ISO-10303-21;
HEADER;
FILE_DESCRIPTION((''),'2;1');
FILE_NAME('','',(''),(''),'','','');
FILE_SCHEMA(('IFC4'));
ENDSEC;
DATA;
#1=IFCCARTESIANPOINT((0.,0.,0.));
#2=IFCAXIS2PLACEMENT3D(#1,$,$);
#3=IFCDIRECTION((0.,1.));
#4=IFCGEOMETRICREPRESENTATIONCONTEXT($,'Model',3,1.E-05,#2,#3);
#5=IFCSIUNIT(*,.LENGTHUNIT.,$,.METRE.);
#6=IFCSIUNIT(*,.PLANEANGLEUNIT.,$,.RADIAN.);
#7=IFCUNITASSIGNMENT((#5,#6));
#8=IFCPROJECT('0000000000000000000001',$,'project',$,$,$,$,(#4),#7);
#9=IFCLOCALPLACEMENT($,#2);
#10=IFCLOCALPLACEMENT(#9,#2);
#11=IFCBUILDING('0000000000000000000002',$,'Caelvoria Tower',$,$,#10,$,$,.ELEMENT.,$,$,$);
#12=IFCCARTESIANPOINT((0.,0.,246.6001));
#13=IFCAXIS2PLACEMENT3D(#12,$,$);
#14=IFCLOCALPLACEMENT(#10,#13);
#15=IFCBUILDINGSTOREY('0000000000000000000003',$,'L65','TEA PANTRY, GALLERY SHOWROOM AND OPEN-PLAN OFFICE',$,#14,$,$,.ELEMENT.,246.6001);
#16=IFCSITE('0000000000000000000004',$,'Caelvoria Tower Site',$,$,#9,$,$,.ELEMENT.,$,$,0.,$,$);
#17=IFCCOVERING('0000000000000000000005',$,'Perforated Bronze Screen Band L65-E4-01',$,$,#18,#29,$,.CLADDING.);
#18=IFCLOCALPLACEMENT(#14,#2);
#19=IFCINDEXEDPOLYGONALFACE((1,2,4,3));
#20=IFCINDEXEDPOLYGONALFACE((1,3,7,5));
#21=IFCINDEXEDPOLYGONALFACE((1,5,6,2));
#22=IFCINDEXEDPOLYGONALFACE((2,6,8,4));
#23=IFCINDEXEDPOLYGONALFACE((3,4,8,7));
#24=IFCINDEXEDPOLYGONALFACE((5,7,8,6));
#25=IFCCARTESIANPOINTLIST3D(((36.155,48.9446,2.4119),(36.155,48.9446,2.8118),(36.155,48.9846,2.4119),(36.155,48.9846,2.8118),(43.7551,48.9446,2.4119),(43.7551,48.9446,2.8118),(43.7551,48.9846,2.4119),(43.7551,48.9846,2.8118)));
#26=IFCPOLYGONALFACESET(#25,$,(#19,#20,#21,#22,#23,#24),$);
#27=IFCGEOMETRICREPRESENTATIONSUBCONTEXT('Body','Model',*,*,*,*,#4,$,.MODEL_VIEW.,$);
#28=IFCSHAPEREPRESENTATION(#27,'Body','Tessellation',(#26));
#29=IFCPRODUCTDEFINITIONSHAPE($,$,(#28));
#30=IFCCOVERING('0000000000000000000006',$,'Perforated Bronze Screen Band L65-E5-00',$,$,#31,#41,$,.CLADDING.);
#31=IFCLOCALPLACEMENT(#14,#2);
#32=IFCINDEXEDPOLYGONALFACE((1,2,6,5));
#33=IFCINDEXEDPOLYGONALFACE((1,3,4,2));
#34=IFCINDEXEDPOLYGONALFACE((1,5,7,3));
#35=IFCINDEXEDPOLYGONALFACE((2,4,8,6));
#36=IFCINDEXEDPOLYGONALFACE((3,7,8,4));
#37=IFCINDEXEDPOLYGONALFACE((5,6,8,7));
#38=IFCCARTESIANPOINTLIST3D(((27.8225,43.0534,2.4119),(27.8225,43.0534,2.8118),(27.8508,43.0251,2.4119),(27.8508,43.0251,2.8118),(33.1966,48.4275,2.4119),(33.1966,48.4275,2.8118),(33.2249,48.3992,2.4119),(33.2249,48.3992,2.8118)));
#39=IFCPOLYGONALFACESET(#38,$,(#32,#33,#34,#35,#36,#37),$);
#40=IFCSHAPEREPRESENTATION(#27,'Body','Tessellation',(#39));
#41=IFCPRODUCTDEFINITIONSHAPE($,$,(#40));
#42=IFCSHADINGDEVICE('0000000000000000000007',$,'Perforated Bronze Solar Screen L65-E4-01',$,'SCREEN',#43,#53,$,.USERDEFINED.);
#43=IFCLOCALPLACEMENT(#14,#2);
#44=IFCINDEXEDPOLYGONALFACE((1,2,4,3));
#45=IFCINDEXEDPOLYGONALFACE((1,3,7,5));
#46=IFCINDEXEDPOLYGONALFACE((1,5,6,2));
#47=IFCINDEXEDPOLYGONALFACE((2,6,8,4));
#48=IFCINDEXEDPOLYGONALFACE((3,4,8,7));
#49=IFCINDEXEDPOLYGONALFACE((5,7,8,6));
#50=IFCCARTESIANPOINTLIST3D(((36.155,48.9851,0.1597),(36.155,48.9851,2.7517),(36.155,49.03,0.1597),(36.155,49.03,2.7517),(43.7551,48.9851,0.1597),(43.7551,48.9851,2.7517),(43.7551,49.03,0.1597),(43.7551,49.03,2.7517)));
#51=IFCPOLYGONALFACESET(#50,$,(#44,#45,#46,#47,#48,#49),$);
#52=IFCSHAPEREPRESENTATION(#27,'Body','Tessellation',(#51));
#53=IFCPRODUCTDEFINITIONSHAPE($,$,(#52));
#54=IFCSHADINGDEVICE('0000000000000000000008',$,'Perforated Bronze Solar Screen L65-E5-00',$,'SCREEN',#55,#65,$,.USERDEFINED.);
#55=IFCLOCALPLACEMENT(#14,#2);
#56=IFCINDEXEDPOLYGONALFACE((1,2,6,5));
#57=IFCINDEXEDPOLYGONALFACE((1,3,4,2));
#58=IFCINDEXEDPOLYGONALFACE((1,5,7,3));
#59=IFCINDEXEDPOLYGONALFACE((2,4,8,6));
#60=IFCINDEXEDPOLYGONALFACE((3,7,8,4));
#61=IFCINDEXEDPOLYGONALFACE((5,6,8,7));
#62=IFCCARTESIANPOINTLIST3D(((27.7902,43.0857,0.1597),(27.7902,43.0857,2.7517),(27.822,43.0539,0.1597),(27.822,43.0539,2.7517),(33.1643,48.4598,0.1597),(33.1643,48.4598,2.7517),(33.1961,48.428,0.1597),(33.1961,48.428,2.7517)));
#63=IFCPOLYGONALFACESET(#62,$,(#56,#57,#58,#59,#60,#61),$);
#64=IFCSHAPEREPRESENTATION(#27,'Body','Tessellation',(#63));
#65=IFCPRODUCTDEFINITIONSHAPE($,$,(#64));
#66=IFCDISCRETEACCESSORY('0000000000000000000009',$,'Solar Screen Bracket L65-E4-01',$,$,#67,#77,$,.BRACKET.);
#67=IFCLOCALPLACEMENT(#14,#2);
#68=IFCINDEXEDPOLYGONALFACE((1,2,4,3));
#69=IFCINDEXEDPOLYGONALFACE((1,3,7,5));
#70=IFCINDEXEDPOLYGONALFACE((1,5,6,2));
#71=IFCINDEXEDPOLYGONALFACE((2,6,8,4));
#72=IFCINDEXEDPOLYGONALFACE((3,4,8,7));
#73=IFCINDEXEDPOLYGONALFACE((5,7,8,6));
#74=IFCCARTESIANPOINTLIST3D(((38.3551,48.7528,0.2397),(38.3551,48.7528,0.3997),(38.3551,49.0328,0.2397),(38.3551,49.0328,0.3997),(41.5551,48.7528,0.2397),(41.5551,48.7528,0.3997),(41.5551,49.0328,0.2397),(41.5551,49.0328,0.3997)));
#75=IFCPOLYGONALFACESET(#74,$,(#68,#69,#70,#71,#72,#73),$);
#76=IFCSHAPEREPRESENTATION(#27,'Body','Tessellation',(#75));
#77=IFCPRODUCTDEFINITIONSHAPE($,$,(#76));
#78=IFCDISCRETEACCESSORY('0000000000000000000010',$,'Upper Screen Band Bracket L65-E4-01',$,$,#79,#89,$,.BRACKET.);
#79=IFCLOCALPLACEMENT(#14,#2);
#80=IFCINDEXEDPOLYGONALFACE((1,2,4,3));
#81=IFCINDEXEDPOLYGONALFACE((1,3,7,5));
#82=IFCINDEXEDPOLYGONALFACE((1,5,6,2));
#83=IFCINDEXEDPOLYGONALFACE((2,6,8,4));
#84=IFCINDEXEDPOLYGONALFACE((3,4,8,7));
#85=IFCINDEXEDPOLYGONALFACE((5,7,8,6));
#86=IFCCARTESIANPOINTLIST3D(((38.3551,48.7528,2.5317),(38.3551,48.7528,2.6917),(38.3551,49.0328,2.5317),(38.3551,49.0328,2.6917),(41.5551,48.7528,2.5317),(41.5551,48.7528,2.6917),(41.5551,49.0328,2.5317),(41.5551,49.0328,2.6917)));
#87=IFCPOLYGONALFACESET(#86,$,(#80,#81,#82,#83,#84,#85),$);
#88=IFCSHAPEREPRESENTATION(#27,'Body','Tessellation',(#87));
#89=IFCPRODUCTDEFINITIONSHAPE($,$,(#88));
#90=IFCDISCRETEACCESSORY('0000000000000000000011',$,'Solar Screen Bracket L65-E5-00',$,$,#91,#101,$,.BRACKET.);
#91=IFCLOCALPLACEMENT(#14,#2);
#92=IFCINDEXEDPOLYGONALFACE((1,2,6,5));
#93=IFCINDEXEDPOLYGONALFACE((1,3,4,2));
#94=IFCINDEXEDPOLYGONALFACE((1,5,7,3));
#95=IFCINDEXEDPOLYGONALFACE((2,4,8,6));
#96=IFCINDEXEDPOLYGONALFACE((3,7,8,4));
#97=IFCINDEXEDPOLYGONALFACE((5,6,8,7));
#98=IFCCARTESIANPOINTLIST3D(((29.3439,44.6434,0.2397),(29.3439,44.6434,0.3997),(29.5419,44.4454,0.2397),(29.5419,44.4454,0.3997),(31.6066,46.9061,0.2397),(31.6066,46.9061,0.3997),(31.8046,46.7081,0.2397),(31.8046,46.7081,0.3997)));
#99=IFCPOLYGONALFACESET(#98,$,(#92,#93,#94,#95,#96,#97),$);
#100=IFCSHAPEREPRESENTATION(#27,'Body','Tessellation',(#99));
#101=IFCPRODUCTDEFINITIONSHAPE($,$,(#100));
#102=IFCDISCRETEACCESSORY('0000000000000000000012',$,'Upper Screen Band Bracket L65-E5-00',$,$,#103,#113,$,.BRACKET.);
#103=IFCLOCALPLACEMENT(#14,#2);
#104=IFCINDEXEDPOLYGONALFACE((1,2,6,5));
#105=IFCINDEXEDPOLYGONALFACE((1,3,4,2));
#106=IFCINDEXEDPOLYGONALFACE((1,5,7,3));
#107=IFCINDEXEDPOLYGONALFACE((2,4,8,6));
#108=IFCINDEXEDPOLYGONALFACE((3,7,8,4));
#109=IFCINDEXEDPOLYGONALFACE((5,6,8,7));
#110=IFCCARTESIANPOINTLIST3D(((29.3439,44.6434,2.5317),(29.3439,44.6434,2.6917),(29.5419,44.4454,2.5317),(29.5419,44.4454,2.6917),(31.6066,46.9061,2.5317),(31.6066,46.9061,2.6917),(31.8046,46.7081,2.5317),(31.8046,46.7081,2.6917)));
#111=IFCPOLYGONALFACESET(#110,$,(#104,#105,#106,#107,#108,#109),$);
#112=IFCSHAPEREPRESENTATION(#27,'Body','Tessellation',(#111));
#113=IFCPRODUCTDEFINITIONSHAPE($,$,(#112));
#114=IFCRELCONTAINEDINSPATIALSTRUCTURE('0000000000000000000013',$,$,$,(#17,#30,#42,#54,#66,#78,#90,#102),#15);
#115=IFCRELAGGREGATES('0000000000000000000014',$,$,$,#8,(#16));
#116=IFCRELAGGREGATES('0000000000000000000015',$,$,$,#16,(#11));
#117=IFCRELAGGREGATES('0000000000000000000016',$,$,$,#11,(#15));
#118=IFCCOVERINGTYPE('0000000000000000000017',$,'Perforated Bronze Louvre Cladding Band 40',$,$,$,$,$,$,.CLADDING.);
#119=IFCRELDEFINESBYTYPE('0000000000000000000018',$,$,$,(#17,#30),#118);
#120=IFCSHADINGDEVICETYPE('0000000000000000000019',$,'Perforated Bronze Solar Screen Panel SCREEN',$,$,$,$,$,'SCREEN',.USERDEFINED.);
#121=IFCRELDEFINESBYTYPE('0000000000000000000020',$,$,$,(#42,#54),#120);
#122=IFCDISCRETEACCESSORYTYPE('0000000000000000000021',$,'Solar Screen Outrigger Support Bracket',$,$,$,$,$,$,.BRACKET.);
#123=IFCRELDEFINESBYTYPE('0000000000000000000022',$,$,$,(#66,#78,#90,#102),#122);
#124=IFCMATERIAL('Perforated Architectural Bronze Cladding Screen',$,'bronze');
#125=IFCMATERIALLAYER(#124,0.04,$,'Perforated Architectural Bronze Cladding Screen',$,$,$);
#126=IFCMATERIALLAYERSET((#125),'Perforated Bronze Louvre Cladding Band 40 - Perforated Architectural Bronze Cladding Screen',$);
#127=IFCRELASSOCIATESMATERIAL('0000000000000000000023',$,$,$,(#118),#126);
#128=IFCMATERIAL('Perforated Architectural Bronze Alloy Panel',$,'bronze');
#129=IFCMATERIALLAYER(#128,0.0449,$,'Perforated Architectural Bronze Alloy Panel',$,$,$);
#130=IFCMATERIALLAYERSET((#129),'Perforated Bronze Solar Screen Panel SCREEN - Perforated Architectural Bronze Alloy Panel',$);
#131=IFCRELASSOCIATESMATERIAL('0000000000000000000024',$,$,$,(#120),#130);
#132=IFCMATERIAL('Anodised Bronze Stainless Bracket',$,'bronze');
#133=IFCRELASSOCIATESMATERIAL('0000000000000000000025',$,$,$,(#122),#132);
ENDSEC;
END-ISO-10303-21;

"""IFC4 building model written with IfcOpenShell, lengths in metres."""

from ifc_helpers import new_model, si_unit, direction, frame, origin, origin_2d, place, context, subcontext, project, spatial, rectangle, extrude, material, layer, layer_set, type_object, element, save


model = new_model("IFC4")

# Units and contexts
model_context = context("Model", 3, precision=1e-05, world=origin(), true_north=direction((0.0, 1.0)))
body_context = subcontext(model_context, "Body", "Model", "MODEL_VIEW")
ifc_project = project(units=[si_unit("LENGTHUNIT", "METRE"), si_unit("PLANEANGLEUNIT", "RADIAN")], contexts=[model_context])

# Site, building, storey
site_placement = place(None, origin())
site = spatial("IfcSite", under=ifc_project, at=site_placement, Name="Caelvoria Tower Site", CompositionType="ELEMENT", RefElevation=0.0)
building_placement = place(site_placement, origin())
building = spatial("IfcBuilding", under=site, at=building_placement, Name="Caelvoria Tower", CompositionType="ELEMENT")
storey_placement = place(building_placement, frame((0.0, 0.0, 246.6001)))
storey = spatial("IfcBuildingStorey", under=building, at=storey_placement, Name="L65", Description="TEA PANTRY, GALLERY SHOWROOM AND OPEN-PLAN OFFICE", CompositionType="ELEMENT", Elevation=246.6001)

# Coverings
ifc_material_1 = material(Name="Perforated Architectural Bronze Cladding Screen", Category="bronze")
ifc_layer_1 = layer(ifc_material_1, 0.04, Name="Perforated Architectural Bronze Cladding Screen")
ifc_layer_set_1 = layer_set([ifc_layer_1], Name="Perforated Bronze Louvre Cladding Band 40 - Perforated Architectural Bronze Cladding Screen")
covering_type = type_object("IfcCoveringType", Name="Perforated Bronze Louvre Cladding Band 40", PredefinedType="CLADDING", material=ifc_layer_set_1)
for number, where, z_axis, x_axis, name in (
    (1, (39.9551, 48.9646, 2.4119), (0.0, 0.0, 1.0), (-1.0, 0.0, 0.0), "Perforated Bronze Screen Band L65-E4-01"),
    (2, (30.5237, 45.7263, 2.4119), (0.0, 0.0, 1.0), (-0.707107, -0.707107, 0.0), "Perforated Bronze Screen Band L65-E5-00"),
):
    element("IfcCovering", number, at=place(storey_placement, frame(where, z_axis=z_axis, x_axis=x_axis)), inside=storey, type_object=covering_type, Name=name, PredefinedType="CLADDING", context=body_context, shape_type="SweptSolid", body=[
        extrude(rectangle(XDim=7.6001, YDim=0.04, at=origin_2d()), origin(), (0.0, 0.0, 1.0), 0.3999),
    ])

# Shading devices
ifc_material_2 = material(Name="Perforated Architectural Bronze Alloy Panel", Category="bronze")
ifc_layer_2 = layer(ifc_material_2, 0.0449, Name="Perforated Architectural Bronze Alloy Panel")
ifc_layer_set_2 = layer_set([ifc_layer_2], Name="Perforated Bronze Solar Screen Panel SCREEN - Perforated Architectural Bronze Alloy Panel")
shading_device_type = type_object("IfcShadingDeviceType", Name="Perforated Bronze Solar Screen Panel SCREEN", ElementType="SCREEN", PredefinedType="USERDEFINED", material=ifc_layer_set_2)
for number, where, z_axis, x_axis, name in (
    (3, (39.9551, 49.0076, 0.1597), (0.0, 0.0, 1.0), (-1.0, 0.0, 0.0), "Perforated Bronze Solar Screen L65-E4-01"),
    (4, (30.4932, 45.7568, 0.1597), (0.0, 0.0, 1.0), (-0.707107, -0.707107, 0.0), "Perforated Bronze Solar Screen L65-E5-00"),
):
    element("IfcShadingDevice", number, at=place(storey_placement, frame(where, z_axis=z_axis, x_axis=x_axis)), inside=storey, type_object=shading_device_type, Name=name, ObjectType="SCREEN", PredefinedType="USERDEFINED", context=body_context, shape_type="SweptSolid", body=[
        extrude(rectangle(XDim=7.6001, YDim=0.0449, at=origin_2d()), origin(), (0.0, 0.0, 1.0), 2.592),
    ])

# Discrete accessories
ifc_material_3 = material(Name="Anodised Bronze Stainless Bracket", Category="bronze")
discrete_accessory_type = type_object("IfcDiscreteAccessoryType", Name="Solar Screen Outrigger Support Bracket", PredefinedType="BRACKET", material=ifc_material_3)
for number, where, z_axis, x_axis, name in (
    (5, (39.9551, 48.8928, 0.2397), (0.0, 0.0, 1.0), (-1.0, 0.0, 0.0), "Solar Screen Bracket L65-E4-01"),
    (6, (39.9551, 48.8928, 2.5317), (0.0, 0.0, 1.0), (-1.0, 0.0, 0.0), "Upper Screen Band Bracket L65-E4-01"),
    (7, (30.5742, 45.6758, 0.2397), (0.0, 0.0, 1.0), (-0.707107, -0.707107, 0.0), "Solar Screen Bracket L65-E5-00"),
    (8, (30.5742, 45.6758, 2.5317), (0.0, 0.0, 1.0), (-0.707107, -0.707107, 0.0), "Upper Screen Band Bracket L65-E5-00"),
):
    element("IfcDiscreteAccessory", number, at=place(storey_placement, frame(where, z_axis=z_axis, x_axis=x_axis)), inside=storey, type_object=discrete_accessory_type, Name=name, PredefinedType="BRACKET", context=body_context, shape_type="SweptSolid", body=[
        extrude(rectangle(XDim=3.2, YDim=0.28, at=origin_2d()), origin(), (0.0, 0.0, 1.0), 0.1599),
    ])

save(model, "model.ifc")
